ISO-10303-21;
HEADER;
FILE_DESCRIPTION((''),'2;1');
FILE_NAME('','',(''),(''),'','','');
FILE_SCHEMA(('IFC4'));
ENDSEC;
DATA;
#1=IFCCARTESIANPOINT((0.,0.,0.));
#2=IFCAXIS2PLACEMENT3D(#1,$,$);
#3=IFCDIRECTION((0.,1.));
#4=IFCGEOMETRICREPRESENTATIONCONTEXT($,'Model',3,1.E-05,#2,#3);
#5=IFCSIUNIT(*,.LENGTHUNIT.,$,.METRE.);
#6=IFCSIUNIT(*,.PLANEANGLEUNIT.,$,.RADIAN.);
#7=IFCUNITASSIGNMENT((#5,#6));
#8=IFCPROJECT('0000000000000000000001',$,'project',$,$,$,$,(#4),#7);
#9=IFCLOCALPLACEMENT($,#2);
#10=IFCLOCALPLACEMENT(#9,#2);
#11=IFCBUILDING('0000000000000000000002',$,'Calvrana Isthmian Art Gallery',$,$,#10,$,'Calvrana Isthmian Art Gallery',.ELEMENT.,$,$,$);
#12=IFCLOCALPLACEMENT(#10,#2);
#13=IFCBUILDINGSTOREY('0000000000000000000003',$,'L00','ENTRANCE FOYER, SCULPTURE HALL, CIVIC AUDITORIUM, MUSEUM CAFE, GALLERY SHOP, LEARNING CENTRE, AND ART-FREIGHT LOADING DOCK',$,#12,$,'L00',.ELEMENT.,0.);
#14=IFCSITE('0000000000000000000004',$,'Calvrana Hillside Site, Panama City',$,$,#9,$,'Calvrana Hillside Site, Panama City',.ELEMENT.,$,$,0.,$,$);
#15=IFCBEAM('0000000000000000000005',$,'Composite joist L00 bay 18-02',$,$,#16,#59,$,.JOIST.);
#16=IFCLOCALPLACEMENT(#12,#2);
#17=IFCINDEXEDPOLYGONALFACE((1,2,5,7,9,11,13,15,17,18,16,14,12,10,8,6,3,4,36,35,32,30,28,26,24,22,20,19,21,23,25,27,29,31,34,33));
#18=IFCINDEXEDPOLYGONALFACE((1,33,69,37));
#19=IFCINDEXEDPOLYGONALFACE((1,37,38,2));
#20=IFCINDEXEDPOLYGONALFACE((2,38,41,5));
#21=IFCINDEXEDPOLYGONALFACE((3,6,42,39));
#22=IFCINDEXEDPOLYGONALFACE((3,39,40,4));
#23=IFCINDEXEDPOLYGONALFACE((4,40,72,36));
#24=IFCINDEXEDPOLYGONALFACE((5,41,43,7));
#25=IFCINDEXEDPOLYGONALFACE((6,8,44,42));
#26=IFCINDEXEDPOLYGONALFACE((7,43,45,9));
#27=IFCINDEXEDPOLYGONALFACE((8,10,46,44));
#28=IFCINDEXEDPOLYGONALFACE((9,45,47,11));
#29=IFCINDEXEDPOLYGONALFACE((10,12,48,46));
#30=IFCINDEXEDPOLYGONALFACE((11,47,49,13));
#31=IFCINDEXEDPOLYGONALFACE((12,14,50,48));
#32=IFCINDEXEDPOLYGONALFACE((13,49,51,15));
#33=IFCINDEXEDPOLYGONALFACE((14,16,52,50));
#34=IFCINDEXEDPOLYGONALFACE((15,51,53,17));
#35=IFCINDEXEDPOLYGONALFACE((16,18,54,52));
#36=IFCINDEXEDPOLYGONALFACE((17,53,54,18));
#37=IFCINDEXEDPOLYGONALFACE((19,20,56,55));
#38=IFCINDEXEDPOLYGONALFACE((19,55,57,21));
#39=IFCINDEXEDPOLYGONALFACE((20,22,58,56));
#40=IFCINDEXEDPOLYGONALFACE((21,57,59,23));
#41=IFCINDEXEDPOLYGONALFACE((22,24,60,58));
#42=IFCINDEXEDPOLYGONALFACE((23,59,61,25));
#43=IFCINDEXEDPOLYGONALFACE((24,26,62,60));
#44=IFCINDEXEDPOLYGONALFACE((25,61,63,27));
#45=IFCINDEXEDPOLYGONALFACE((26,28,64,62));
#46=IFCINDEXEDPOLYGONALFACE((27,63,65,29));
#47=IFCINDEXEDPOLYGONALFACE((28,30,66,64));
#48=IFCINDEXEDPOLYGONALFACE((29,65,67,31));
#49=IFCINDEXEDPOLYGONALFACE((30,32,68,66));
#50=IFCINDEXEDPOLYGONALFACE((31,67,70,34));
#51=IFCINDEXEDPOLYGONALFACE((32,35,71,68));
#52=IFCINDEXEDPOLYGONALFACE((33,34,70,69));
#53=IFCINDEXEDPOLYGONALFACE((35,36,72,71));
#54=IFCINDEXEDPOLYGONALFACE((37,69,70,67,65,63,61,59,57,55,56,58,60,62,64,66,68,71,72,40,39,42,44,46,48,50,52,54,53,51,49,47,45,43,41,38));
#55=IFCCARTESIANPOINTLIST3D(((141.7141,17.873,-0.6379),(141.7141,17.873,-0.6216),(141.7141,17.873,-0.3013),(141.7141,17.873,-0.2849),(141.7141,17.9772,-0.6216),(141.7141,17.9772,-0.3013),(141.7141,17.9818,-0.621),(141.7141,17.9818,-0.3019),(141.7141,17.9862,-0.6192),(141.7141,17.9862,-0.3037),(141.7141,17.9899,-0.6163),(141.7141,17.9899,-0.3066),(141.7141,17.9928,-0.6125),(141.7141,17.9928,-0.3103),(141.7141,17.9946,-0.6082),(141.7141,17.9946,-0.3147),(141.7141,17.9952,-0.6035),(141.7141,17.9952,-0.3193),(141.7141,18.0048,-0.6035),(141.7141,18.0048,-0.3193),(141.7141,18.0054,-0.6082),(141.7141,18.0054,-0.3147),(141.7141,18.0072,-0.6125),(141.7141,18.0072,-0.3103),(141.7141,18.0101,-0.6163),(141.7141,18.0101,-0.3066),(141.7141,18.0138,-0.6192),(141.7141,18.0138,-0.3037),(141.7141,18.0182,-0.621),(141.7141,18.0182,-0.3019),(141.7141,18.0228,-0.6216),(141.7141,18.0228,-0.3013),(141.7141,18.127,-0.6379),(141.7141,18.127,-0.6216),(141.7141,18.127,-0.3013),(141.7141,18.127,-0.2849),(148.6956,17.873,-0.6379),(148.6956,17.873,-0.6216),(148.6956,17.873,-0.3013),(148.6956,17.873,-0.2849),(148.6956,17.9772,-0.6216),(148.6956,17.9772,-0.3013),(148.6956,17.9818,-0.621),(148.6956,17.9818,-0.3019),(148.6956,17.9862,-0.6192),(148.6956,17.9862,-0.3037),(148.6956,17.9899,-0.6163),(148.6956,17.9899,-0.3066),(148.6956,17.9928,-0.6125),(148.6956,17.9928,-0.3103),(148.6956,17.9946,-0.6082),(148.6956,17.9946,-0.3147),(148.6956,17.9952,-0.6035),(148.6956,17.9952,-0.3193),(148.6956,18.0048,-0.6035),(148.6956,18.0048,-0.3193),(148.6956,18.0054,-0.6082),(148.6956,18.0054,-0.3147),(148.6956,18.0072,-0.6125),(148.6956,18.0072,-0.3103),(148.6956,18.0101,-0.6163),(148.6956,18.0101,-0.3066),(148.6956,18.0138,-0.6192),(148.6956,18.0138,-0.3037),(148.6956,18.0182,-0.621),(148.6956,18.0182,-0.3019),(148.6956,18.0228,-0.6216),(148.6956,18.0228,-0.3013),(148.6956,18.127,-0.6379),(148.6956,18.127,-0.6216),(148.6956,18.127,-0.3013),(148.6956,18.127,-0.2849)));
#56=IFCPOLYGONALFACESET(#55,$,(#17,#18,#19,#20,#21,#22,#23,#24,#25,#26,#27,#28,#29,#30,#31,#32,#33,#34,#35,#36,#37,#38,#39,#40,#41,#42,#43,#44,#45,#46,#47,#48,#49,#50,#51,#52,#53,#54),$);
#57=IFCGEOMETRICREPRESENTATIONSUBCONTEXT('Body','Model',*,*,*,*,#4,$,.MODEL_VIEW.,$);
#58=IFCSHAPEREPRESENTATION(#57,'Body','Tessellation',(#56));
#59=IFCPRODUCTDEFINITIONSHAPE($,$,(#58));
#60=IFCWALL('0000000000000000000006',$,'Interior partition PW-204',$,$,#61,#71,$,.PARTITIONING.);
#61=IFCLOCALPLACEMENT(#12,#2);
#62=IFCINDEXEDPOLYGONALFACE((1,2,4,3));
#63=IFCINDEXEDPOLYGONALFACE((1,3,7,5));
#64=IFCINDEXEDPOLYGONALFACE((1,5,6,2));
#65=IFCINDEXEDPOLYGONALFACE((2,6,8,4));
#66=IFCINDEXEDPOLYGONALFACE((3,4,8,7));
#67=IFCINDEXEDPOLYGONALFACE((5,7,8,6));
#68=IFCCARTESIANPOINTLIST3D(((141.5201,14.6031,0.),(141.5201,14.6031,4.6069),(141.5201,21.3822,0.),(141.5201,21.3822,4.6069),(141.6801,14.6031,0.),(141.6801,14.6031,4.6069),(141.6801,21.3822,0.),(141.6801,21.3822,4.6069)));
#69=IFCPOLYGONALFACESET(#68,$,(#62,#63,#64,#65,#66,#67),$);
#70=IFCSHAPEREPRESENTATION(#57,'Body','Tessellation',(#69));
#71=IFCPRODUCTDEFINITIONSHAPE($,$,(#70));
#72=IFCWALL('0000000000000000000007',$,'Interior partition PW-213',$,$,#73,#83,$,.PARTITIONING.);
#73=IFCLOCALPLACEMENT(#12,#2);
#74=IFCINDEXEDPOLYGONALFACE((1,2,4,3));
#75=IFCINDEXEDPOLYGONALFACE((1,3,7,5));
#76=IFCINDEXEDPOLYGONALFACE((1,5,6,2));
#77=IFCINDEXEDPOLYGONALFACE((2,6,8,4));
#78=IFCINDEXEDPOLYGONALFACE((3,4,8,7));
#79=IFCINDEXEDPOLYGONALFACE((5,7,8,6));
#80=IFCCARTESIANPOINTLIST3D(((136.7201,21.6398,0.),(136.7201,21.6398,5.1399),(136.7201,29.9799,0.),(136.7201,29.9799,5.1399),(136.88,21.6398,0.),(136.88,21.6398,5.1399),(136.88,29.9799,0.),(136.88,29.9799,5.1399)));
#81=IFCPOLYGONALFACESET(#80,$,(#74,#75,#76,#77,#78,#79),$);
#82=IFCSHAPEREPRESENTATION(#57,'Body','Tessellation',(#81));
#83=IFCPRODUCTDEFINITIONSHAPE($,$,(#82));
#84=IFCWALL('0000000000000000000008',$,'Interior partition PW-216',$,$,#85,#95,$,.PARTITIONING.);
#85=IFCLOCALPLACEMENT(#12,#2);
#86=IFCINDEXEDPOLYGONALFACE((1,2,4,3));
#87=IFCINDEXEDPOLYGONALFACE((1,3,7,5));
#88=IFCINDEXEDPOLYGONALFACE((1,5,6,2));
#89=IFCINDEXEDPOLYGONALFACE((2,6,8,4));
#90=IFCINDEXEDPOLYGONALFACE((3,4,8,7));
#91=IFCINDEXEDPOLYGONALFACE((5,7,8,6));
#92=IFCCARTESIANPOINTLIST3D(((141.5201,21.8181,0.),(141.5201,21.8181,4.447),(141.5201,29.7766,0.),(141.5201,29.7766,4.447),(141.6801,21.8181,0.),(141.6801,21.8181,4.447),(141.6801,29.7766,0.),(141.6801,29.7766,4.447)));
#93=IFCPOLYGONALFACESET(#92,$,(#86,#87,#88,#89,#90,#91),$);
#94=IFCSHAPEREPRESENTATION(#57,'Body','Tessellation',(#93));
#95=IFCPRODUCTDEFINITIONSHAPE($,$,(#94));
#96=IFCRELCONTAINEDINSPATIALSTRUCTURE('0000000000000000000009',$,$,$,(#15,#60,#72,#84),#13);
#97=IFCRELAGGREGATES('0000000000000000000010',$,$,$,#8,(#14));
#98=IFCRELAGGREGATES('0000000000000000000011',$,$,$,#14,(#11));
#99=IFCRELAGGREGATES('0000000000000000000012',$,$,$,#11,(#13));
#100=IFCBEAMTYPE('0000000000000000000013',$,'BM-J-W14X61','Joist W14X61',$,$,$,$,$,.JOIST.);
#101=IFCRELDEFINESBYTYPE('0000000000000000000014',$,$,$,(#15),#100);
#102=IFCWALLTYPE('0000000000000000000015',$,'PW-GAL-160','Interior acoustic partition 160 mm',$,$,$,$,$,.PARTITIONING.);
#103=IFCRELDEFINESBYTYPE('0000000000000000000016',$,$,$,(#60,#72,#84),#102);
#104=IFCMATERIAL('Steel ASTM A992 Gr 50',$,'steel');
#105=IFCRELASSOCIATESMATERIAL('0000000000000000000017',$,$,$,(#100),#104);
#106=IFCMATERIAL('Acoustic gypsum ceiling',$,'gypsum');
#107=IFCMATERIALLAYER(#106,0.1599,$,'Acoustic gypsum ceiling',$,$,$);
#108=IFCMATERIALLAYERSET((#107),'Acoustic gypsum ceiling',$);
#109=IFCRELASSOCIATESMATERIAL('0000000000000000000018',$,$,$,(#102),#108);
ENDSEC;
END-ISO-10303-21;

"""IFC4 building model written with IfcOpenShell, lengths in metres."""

from ifc_helpers import new_model, si_unit, direction, frame, frame_2d, origin, origin_2d, place, context, subcontext, project, spatial, rectangle, i_section, extrude, material, layer, layer_set, material_profile, profile_set, type_object, element, save


model = new_model("IFC4")

# Units and contexts
model_context = context("Model", 3, precision=1e-05, world=origin(), true_north=direction((0.0, 1.0)))
body_context = subcontext(model_context, "Body", "Model", "MODEL_VIEW")
ifc_project = project(units=[si_unit("LENGTHUNIT", "METRE"), si_unit("PLANEANGLEUNIT", "RADIAN")], contexts=[model_context])

# Site, building, storey
site_placement = place(None, origin())
site = spatial("IfcSite", under=ifc_project, at=site_placement, Name="Calvrana Hillside Site, Panama City", LongName="Calvrana Hillside Site, Panama City", CompositionType="ELEMENT", RefElevation=0.0)
building_placement = place(site_placement, origin())
building = spatial("IfcBuilding", under=site, at=building_placement, Name="Calvrana Isthmian Art Gallery", LongName="Calvrana Isthmian Art Gallery", CompositionType="ELEMENT")
storey_placement = place(building_placement, origin())
storey = spatial("IfcBuildingStorey", under=building, at=storey_placement, Name="L00", Description="ENTRANCE FOYER, SCULPTURE HALL, CIVIC AUDITORIUM, MUSEUM CAFE, GALLERY SHOP, LEARNING CENTRE, AND ART-FREIGHT LOADING DOCK", LongName="L00", CompositionType="ELEMENT", Elevation=0.0)

# Shared definitions
ifc_material_1 = material(Name="Steel ASTM A992 Gr 50", Category="steel")

# Beam
ifc_material_profile_1 = material_profile(ifc_material_1, i_section(OverallWidth=0.2539, OverallDepth=0.353, WebThickness=0.0095, FlangeThickness=0.0164, FilletRadius=0.0181, at=origin_2d()), Name="W14X61")
ifc_profile_set_1 = profile_set([ifc_material_profile_1], Name="Steel ASTM A992 Gr 50")
beam_type_1 = type_object("IfcBeamType", Name="BM-J-W14X61", Description="Joist W14X61", PredefinedType="JOIST", material=ifc_profile_set_1)
beam_1_placement = place(storey_placement, frame((141.7141, 18.0, -0.4614), z_axis=(1.0, 0.0, 0.0), x_axis=(0.0, 1.0, 0.0)))
element("IfcBeam", 1, at=beam_1_placement, inside=storey, type_object=beam_type_1, Name="Composite joist L00 bay 18-02", PredefinedType="JOIST", context=body_context, shape_type="SweptSolid", body=[
    extrude(i_section(OverallWidth=0.2539, OverallDepth=0.353, WebThickness=0.0095, FlangeThickness=0.0164, FilletRadius=0.0181, at=origin_2d()), origin(), (0.0, 0.0, 1.0), 6.9814),
])

# Walls
ifc_material_2 = material(Name="Acoustic gypsum ceiling", Category="gypsum")
ifc_layer = layer(ifc_material_2, 0.1599, Name="Acoustic gypsum ceiling")
ifc_layer_set = layer_set([ifc_layer], Name="Acoustic gypsum ceiling")
wall_type = type_object("IfcWallType", Name="PW-GAL-160", Description="Interior acoustic partition 160 mm", PredefinedType="PARTITIONING", material=ifc_layer_set)
wall_1_placement = place(storey_placement, frame((141.6001, 14.603, 0.0), z_axis=(0.0, 0.0, 1.0), x_axis=(0.0, 1.0, 0.0)))
element("IfcWall", 2, at=wall_1_placement, inside=storey, type_object=wall_type, Name="Interior partition PW-204", PredefinedType="PARTITIONING", context=body_context, shape_type="SweptSolid", body=[
    extrude(rectangle(XDim=6.7791, YDim=0.1599, at=frame_2d((3.3896, 0.0))), origin(), (0.0, 0.0, 1.0), 4.6069),
])
wall_2_placement = place(storey_placement, frame((136.8, 21.6399, 0.0), z_axis=(0.0, 0.0, 1.0), x_axis=(0.0, 1.0, 0.0)))
element("IfcWall", 3, at=wall_2_placement, inside=storey, type_object=wall_type, Name="Interior partition PW-213", PredefinedType="PARTITIONING", context=body_context, shape_type="SweptSolid", body=[
    extrude(rectangle(XDim=8.3401, YDim=0.1599, at=frame_2d((4.1699, 0.0))), origin(), (0.0, 0.0, 1.0), 5.1399),
])
wall_3_placement = place(storey_placement, frame((141.6001, 21.8181, 0.0), z_axis=(0.0, 0.0, 1.0), x_axis=(0.0, 1.0, 0.0)))
element("IfcWall", 4, at=wall_3_placement, inside=storey, type_object=wall_type, Name="Interior partition PW-216", PredefinedType="PARTITIONING", context=body_context, shape_type="SweptSolid", body=[
    extrude(rectangle(XDim=7.9585, YDim=0.1599, at=frame_2d((3.9792, 0.0))), origin(), (0.0, 0.0, 1.0), 4.447),
])

save(model, "model.ifc")
